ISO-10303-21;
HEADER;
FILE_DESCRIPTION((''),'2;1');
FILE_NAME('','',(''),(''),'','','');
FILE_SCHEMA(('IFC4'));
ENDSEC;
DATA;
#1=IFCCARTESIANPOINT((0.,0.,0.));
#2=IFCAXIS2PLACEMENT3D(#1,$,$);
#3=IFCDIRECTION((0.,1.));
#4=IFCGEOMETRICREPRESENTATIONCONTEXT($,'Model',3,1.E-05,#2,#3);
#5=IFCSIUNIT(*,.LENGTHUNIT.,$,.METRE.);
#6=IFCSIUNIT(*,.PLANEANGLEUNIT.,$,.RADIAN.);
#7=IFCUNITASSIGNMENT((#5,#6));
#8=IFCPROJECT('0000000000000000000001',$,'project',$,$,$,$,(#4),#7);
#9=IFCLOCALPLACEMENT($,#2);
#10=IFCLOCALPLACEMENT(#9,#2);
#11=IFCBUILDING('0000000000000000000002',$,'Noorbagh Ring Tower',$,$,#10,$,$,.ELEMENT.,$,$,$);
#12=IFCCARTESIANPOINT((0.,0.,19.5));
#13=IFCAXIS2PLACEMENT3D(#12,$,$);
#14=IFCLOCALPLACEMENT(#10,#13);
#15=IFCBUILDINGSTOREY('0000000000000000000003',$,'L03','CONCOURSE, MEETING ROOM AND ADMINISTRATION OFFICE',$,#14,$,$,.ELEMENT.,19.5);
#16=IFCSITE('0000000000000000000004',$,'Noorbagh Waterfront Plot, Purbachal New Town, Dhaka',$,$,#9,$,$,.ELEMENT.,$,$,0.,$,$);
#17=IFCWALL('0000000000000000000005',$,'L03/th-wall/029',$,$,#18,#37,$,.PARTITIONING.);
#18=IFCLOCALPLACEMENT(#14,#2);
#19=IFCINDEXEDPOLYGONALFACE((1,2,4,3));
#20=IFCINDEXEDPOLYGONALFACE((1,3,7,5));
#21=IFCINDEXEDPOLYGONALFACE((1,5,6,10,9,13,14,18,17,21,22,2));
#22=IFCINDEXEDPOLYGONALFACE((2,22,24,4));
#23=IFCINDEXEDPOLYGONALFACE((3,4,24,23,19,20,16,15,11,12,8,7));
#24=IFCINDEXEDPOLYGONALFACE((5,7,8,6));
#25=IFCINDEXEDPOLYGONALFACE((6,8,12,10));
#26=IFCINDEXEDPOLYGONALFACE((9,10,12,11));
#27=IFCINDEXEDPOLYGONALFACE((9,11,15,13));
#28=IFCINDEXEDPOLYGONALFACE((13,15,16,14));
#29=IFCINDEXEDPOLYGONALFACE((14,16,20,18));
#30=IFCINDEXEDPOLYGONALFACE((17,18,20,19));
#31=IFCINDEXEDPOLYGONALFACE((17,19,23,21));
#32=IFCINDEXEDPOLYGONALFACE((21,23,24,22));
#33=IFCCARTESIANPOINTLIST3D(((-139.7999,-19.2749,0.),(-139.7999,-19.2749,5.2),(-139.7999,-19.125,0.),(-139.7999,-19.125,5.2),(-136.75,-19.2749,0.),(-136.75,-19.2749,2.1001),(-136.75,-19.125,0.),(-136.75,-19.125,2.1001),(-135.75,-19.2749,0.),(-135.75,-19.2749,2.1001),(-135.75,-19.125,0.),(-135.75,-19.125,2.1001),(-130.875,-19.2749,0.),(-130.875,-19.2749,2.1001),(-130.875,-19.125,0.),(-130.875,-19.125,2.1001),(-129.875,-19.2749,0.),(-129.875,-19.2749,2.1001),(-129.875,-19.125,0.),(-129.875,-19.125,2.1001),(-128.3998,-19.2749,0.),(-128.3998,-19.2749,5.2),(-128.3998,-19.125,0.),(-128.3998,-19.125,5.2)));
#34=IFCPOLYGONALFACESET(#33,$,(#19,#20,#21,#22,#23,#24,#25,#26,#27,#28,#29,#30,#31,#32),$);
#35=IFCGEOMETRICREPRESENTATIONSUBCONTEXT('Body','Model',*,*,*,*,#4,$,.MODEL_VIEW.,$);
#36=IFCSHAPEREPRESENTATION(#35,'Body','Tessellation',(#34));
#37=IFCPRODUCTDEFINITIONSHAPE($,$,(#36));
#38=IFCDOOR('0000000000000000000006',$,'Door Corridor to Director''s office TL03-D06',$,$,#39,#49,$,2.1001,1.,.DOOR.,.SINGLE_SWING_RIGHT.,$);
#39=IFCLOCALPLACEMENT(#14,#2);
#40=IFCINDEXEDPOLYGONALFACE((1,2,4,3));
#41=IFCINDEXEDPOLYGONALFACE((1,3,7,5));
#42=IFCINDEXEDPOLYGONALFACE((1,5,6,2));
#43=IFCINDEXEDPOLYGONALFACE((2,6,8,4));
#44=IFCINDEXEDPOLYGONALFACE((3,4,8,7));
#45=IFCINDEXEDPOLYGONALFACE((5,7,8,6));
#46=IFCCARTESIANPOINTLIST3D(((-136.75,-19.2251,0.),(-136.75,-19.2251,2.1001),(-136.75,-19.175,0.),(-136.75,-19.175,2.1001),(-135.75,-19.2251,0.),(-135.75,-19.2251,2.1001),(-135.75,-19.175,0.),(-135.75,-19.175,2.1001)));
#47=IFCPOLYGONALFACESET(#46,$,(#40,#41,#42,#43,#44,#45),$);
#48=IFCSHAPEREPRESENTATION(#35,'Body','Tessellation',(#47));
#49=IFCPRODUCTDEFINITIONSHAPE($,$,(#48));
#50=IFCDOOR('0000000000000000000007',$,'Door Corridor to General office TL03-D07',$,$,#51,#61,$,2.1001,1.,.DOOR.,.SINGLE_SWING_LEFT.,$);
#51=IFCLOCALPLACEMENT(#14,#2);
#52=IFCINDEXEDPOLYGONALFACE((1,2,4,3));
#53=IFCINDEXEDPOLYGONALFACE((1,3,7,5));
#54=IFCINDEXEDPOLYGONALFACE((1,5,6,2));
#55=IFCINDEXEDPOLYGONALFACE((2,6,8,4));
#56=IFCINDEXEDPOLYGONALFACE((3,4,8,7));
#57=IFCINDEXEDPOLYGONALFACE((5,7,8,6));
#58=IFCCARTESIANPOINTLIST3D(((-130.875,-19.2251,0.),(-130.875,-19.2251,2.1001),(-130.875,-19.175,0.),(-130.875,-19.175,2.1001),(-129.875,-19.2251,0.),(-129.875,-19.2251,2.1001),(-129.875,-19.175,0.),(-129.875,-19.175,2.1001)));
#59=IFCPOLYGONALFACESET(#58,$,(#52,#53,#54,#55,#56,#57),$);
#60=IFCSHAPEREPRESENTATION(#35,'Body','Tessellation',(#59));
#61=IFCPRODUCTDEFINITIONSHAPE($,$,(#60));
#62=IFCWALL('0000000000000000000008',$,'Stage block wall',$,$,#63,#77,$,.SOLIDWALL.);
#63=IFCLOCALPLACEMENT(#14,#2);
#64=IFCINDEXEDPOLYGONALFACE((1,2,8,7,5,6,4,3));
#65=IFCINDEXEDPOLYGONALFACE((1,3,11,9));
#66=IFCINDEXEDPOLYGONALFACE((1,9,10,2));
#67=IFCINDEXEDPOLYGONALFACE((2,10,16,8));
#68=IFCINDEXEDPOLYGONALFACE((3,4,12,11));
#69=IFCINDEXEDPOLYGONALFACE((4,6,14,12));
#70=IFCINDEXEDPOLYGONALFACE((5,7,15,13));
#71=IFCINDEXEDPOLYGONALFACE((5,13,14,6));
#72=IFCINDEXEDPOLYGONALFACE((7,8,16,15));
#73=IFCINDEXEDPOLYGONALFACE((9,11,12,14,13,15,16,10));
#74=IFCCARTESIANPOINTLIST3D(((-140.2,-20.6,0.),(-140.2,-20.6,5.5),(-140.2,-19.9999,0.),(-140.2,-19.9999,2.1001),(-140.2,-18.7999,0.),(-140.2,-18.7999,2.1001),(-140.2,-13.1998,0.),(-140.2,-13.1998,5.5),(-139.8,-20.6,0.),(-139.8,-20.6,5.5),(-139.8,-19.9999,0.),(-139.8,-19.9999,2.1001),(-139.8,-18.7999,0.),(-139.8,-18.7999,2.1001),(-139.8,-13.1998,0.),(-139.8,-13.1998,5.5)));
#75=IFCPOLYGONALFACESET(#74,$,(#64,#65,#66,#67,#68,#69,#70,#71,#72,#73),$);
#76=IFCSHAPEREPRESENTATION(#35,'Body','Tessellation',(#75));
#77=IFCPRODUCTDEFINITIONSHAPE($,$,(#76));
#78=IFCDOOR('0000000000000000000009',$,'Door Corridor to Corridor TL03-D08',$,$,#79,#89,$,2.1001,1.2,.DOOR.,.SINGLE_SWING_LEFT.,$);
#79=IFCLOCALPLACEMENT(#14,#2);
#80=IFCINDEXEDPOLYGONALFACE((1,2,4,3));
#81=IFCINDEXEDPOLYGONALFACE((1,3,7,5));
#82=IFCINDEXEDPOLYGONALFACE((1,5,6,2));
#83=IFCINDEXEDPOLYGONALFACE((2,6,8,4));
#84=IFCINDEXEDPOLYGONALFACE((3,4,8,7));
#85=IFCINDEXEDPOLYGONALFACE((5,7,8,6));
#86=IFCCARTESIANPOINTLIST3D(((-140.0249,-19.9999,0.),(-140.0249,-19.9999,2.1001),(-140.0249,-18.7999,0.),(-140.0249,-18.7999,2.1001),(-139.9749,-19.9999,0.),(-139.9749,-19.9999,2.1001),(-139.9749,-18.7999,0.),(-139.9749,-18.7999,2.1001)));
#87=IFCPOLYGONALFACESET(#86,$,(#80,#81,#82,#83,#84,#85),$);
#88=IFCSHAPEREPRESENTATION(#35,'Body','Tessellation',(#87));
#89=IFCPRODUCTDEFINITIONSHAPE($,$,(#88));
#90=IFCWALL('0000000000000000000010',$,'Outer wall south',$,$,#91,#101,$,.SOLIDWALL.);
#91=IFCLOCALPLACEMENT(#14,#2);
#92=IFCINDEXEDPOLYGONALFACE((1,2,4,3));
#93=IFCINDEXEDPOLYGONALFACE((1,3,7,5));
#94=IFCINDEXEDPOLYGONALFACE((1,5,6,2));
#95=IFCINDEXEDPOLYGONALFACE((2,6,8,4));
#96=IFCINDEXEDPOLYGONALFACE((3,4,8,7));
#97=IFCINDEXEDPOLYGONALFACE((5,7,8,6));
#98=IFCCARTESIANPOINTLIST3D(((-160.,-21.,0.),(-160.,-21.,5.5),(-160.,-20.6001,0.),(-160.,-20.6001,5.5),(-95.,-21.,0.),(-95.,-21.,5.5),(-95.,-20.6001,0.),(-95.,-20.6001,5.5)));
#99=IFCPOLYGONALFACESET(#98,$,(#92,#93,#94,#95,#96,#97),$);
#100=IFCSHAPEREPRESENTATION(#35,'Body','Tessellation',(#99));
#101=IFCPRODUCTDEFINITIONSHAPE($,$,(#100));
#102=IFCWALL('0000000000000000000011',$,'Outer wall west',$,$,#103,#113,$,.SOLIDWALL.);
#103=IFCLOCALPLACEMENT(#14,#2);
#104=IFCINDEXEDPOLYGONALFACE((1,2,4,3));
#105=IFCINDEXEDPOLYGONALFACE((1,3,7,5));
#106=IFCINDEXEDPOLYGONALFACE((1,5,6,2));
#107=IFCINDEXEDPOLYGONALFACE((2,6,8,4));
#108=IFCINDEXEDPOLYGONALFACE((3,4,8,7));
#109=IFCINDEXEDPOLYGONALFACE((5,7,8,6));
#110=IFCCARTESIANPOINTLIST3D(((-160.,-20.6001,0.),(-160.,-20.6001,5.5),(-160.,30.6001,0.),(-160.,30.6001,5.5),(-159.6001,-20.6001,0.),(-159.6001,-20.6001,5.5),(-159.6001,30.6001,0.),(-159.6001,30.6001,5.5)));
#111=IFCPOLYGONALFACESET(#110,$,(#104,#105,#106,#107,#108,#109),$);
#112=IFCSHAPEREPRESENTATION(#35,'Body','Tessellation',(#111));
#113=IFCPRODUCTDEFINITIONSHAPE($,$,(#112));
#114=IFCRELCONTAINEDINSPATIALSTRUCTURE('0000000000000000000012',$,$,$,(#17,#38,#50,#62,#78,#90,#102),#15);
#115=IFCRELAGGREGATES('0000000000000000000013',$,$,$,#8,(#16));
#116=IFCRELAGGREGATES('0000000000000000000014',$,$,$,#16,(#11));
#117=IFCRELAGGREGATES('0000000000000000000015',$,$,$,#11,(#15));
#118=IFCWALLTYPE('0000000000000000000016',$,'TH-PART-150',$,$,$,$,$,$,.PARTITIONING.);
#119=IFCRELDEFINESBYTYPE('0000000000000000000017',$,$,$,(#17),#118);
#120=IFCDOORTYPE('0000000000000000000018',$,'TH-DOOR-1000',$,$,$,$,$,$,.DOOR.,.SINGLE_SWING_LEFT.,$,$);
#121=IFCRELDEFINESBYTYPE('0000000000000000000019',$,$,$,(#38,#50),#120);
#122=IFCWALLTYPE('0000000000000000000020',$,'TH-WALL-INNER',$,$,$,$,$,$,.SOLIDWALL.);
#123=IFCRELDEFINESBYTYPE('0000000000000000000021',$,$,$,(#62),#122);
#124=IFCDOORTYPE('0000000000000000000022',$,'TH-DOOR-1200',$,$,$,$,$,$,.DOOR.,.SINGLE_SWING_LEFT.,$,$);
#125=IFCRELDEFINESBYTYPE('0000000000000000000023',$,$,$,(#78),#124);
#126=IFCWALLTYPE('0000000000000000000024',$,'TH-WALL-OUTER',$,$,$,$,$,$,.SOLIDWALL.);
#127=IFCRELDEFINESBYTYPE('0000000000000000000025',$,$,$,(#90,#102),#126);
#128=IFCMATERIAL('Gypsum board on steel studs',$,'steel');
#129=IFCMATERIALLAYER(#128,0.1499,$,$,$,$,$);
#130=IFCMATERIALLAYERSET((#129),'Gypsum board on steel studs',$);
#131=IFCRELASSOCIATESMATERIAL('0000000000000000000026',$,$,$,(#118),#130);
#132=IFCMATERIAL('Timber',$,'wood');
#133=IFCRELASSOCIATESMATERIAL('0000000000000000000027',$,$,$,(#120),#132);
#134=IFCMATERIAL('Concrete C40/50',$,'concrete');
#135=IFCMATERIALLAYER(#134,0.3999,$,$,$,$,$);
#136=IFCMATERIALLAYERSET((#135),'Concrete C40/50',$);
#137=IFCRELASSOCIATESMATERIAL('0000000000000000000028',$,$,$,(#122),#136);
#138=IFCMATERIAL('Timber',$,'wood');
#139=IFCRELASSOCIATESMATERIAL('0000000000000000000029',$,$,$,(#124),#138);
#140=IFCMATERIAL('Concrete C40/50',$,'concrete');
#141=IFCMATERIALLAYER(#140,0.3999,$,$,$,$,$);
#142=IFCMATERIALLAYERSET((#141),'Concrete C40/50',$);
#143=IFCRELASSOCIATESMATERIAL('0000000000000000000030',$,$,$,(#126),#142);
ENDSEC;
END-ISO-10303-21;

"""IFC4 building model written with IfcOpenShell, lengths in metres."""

from ifc_helpers import new_model, si_unit, direction, frame, frame_2d, origin, place, context, subcontext, project, spatial, rectangle, extrude, material, layer, layer_set, type_object, element, fill, save


model = new_model("IFC4")

# Units and contexts
model_context = context("Model", 3, precision=1e-05, world=origin(), true_north=direction((0.0, 1.0)))
body_context = subcontext(model_context, "Body", "Model", "MODEL_VIEW")
ifc_project = project(units=[si_unit("LENGTHUNIT", "METRE"), si_unit("PLANEANGLEUNIT", "RADIAN")], contexts=[model_context])

# Site, building, storey
site_placement = place(None, origin())
site = spatial("IfcSite", under=ifc_project, at=site_placement, Name="Noorbagh Waterfront Plot, Purbachal New Town, Dhaka", CompositionType="ELEMENT", RefElevation=0.0)
building_placement = place(site_placement, origin())
building = spatial("IfcBuilding", under=site, at=building_placement, Name="Noorbagh Ring Tower", CompositionType="ELEMENT")
storey_placement = place(building_placement, frame((0.0, 0.0, 19.5)))
storey = spatial("IfcBuildingStorey", under=building, at=storey_placement, Name="L03", Description="CONCOURSE, MEETING ROOM AND ADMINISTRATION OFFICE", CompositionType="ELEMENT", Elevation=19.5)

# Wall, openings, doors
ifc_material_1 = material(Name="Gypsum board on steel studs", Category="steel")
ifc_layer_1 = layer(ifc_material_1, 0.1499)
ifc_layer_set_1 = layer_set([ifc_layer_1], Name="Gypsum board on steel studs")
wall_type_1 = type_object("IfcWallType", Name="TH-PART-150", PredefinedType="PARTITIONING", material=ifc_layer_set_1)
ifc_material_2 = material(Name="Timber", Category="wood")
door_type_1 = type_object("IfcDoorType", Name="TH-DOOR-1000", OperationType="SINGLE_SWING_LEFT", PredefinedType="DOOR", material=ifc_material_2)
wall_1_placement = place(storey_placement, frame((-139.8, -19.2, 0.0), z_axis=(0.0, 0.0, 1.0), x_axis=(1.0, 0.0, 0.0)))
wall_1 = element("IfcWall", 1, at=wall_1_placement, inside=storey, type_object=wall_type_1, Name="L03/th-wall/029", PredefinedType="PARTITIONING", context=body_context, shape_type="SweptSolid", body=[
    extrude(rectangle(XDim=11.4001, YDim=0.1499, at=frame_2d((5.7002, 0.0))), origin(), (0.0, 0.0, 1.0), 5.2),
])
opening_1_placement = place(wall_1_placement, frame((3.05, 0.0, 0.0)))
opening_1 = element("IfcOpeningElement", 2, at=opening_1_placement, cuts=wall_1, PredefinedType="OPENING", context=body_context, shape_type="SweptSolid", body=[
    extrude(rectangle(XDim=1.0, YDim=2.1001, at=frame_2d((0.5, 1.05))), frame((0.0, 0.085, 0.0), z_axis=(0.0, -1.0, 0.0), x_axis=(1.0, 0.0, 0.0)), (0.0, 0.0, 1.0), 0.1699),
])
opening_2_placement = place(wall_1_placement, frame((8.925, 0.0, 0.0)))
opening_2 = element("IfcOpeningElement", 3, at=opening_2_placement, cuts=wall_1, PredefinedType="OPENING", context=body_context, shape_type="SweptSolid", body=[
    extrude(rectangle(XDim=1.0, YDim=2.1001, at=frame_2d((0.5, 1.05))), frame((0.0, 0.085, 0.0), z_axis=(0.0, -1.0, 0.0), x_axis=(1.0, 0.0, 0.0)), (0.0, 0.0, 1.0), 0.1699),
])
door_1_placement = place(opening_1_placement, origin())
door_1 = element("IfcDoor", 4, at=door_1_placement, inside=storey, type_object=door_type_1, Name="Door Corridor to Director's office TL03-D06", OperationType="SINGLE_SWING_RIGHT", OverallHeight=2.1001, OverallWidth=1.0, PredefinedType="DOOR", context=body_context, shape_type="SweptSolid", body=[
    extrude(rectangle(XDim=1.0, YDim=2.1001, at=frame_2d((0.5, 1.05))), frame((0.0, 0.0249, 0.0), z_axis=(0.0, -1.0, 0.0), x_axis=(1.0, 0.0, 0.0)), (0.0, 0.0, 1.0), 0.05),
])
fill(opening_1, door_1)
door_2_placement = place(opening_2_placement, origin())
door_2 = element("IfcDoor", 5, at=door_2_placement, inside=storey, type_object=door_type_1, Name="Door Corridor to General office TL03-D07", OperationType="SINGLE_SWING_LEFT", OverallHeight=2.1001, OverallWidth=1.0, PredefinedType="DOOR", context=body_context, shape_type="SweptSolid", body=[
    extrude(rectangle(XDim=1.0, YDim=2.1001, at=frame_2d((0.5, 1.05))), frame((0.0, 0.0249, 0.0), z_axis=(0.0, -1.0, 0.0), x_axis=(1.0, 0.0, 0.0)), (0.0, 0.0, 1.0), 0.05),
])
fill(opening_2, door_2)

# Wall, opening, door
ifc_material_3 = material(Name="Concrete C40/50", Category="concrete")
ifc_layer_2 = layer(ifc_material_3, 0.3999)
ifc_layer_set_2 = layer_set([ifc_layer_2], Name="Concrete C40/50")
wall_type_2 = type_object("IfcWallType", Name="TH-WALL-INNER", PredefinedType="SOLIDWALL", material=ifc_layer_set_2)
wall_2_placement = place(storey_placement, frame((-140.0, -20.6001, 0.0), z_axis=(0.0, 0.0, 1.0), x_axis=(0.0, 1.0, 0.0)))
wall_2 = element("IfcWall", 6, at=wall_2_placement, inside=storey, type_object=wall_type_2, Name="Stage block wall", PredefinedType="SOLIDWALL", context=body_context, shape_type="SweptSolid", body=[
    extrude(rectangle(XDim=7.4001, YDim=0.3999, at=frame_2d((3.7002, 0.0))), origin(), (0.0, 0.0, 1.0), 5.5),
])
opening_3_placement = place(wall_2_placement, frame((0.6001, 0.0, 0.0)))
opening_3 = element("IfcOpeningElement", 7, at=opening_3_placement, cuts=wall_2, PredefinedType="OPENING", context=body_context, shape_type="SweptSolid", body=[
    extrude(rectangle(XDim=1.2, YDim=2.1001, at=frame_2d((0.6001, 1.05))), frame((0.0, 0.21, 0.0), z_axis=(0.0, -1.0, 0.0), x_axis=(1.0, 0.0, 0.0)), (0.0, 0.0, 1.0), 0.4199),
])
ifc_material_4 = material(Name="Timber", Category="wood")
door_type_2 = type_object("IfcDoorType", Name="TH-DOOR-1200", OperationType="SINGLE_SWING_LEFT", PredefinedType="DOOR", material=ifc_material_4)
door_3_placement = place(opening_3_placement, origin())
door_3 = element("IfcDoor", 8, at=door_3_placement, inside=storey, type_object=door_type_2, Name="Door Corridor to Corridor TL03-D08", OperationType="SINGLE_SWING_LEFT", OverallHeight=2.1001, OverallWidth=1.2, PredefinedType="DOOR", context=body_context, shape_type="SweptSolid", body=[
    extrude(rectangle(XDim=1.2, YDim=2.1001, at=frame_2d((0.6001, 1.05))), frame((0.0, 0.0249, 0.0), z_axis=(0.0, -1.0, 0.0), x_axis=(1.0, 0.0, 0.0)), (0.0, 0.0, 1.0), 0.05),
])
fill(opening_3, door_3)

# Walls
ifc_material_5 = material(Name="Concrete C40/50", Category="concrete")
ifc_layer_3 = layer(ifc_material_5, 0.3999)
ifc_layer_set_3 = layer_set([ifc_layer_3], Name="Concrete C40/50")
wall_type_3 = type_object("IfcWallType", Name="TH-WALL-OUTER", PredefinedType="SOLIDWALL", material=ifc_layer_set_3)
wall_3_placement = place(storey_placement, frame((-160.0, -20.8, 0.0), z_axis=(0.0, 0.0, 1.0), x_axis=(1.0, 0.0, 0.0)))
element("IfcWall", 9, at=wall_3_placement, inside=storey, type_object=wall_type_3, Name="Outer wall south", PredefinedType="SOLIDWALL", context=body_context, shape_type="SweptSolid", body=[
    extrude(rectangle(XDim=65.0, YDim=0.3999, at=frame_2d((32.5, 0.0))), origin(), (0.0, 0.0, 1.0), 5.5),
])
wall_4_placement = place(storey_placement, frame((-159.8, -20.6001, 0.0), z_axis=(0.0, 0.0, 1.0), x_axis=(0.0, 1.0, 0.0)))
element("IfcWall", 10, at=wall_4_placement, inside=storey, type_object=wall_type_3, Name="Outer wall west", PredefinedType="SOLIDWALL", context=body_context, shape_type="SweptSolid", body=[
    extrude(rectangle(XDim=51.2002, YDim=0.3999, at=frame_2d((25.6001, 0.0))), origin(), (0.0, 0.0, 1.0), 5.5),
])

save(model, "model.ifc")
